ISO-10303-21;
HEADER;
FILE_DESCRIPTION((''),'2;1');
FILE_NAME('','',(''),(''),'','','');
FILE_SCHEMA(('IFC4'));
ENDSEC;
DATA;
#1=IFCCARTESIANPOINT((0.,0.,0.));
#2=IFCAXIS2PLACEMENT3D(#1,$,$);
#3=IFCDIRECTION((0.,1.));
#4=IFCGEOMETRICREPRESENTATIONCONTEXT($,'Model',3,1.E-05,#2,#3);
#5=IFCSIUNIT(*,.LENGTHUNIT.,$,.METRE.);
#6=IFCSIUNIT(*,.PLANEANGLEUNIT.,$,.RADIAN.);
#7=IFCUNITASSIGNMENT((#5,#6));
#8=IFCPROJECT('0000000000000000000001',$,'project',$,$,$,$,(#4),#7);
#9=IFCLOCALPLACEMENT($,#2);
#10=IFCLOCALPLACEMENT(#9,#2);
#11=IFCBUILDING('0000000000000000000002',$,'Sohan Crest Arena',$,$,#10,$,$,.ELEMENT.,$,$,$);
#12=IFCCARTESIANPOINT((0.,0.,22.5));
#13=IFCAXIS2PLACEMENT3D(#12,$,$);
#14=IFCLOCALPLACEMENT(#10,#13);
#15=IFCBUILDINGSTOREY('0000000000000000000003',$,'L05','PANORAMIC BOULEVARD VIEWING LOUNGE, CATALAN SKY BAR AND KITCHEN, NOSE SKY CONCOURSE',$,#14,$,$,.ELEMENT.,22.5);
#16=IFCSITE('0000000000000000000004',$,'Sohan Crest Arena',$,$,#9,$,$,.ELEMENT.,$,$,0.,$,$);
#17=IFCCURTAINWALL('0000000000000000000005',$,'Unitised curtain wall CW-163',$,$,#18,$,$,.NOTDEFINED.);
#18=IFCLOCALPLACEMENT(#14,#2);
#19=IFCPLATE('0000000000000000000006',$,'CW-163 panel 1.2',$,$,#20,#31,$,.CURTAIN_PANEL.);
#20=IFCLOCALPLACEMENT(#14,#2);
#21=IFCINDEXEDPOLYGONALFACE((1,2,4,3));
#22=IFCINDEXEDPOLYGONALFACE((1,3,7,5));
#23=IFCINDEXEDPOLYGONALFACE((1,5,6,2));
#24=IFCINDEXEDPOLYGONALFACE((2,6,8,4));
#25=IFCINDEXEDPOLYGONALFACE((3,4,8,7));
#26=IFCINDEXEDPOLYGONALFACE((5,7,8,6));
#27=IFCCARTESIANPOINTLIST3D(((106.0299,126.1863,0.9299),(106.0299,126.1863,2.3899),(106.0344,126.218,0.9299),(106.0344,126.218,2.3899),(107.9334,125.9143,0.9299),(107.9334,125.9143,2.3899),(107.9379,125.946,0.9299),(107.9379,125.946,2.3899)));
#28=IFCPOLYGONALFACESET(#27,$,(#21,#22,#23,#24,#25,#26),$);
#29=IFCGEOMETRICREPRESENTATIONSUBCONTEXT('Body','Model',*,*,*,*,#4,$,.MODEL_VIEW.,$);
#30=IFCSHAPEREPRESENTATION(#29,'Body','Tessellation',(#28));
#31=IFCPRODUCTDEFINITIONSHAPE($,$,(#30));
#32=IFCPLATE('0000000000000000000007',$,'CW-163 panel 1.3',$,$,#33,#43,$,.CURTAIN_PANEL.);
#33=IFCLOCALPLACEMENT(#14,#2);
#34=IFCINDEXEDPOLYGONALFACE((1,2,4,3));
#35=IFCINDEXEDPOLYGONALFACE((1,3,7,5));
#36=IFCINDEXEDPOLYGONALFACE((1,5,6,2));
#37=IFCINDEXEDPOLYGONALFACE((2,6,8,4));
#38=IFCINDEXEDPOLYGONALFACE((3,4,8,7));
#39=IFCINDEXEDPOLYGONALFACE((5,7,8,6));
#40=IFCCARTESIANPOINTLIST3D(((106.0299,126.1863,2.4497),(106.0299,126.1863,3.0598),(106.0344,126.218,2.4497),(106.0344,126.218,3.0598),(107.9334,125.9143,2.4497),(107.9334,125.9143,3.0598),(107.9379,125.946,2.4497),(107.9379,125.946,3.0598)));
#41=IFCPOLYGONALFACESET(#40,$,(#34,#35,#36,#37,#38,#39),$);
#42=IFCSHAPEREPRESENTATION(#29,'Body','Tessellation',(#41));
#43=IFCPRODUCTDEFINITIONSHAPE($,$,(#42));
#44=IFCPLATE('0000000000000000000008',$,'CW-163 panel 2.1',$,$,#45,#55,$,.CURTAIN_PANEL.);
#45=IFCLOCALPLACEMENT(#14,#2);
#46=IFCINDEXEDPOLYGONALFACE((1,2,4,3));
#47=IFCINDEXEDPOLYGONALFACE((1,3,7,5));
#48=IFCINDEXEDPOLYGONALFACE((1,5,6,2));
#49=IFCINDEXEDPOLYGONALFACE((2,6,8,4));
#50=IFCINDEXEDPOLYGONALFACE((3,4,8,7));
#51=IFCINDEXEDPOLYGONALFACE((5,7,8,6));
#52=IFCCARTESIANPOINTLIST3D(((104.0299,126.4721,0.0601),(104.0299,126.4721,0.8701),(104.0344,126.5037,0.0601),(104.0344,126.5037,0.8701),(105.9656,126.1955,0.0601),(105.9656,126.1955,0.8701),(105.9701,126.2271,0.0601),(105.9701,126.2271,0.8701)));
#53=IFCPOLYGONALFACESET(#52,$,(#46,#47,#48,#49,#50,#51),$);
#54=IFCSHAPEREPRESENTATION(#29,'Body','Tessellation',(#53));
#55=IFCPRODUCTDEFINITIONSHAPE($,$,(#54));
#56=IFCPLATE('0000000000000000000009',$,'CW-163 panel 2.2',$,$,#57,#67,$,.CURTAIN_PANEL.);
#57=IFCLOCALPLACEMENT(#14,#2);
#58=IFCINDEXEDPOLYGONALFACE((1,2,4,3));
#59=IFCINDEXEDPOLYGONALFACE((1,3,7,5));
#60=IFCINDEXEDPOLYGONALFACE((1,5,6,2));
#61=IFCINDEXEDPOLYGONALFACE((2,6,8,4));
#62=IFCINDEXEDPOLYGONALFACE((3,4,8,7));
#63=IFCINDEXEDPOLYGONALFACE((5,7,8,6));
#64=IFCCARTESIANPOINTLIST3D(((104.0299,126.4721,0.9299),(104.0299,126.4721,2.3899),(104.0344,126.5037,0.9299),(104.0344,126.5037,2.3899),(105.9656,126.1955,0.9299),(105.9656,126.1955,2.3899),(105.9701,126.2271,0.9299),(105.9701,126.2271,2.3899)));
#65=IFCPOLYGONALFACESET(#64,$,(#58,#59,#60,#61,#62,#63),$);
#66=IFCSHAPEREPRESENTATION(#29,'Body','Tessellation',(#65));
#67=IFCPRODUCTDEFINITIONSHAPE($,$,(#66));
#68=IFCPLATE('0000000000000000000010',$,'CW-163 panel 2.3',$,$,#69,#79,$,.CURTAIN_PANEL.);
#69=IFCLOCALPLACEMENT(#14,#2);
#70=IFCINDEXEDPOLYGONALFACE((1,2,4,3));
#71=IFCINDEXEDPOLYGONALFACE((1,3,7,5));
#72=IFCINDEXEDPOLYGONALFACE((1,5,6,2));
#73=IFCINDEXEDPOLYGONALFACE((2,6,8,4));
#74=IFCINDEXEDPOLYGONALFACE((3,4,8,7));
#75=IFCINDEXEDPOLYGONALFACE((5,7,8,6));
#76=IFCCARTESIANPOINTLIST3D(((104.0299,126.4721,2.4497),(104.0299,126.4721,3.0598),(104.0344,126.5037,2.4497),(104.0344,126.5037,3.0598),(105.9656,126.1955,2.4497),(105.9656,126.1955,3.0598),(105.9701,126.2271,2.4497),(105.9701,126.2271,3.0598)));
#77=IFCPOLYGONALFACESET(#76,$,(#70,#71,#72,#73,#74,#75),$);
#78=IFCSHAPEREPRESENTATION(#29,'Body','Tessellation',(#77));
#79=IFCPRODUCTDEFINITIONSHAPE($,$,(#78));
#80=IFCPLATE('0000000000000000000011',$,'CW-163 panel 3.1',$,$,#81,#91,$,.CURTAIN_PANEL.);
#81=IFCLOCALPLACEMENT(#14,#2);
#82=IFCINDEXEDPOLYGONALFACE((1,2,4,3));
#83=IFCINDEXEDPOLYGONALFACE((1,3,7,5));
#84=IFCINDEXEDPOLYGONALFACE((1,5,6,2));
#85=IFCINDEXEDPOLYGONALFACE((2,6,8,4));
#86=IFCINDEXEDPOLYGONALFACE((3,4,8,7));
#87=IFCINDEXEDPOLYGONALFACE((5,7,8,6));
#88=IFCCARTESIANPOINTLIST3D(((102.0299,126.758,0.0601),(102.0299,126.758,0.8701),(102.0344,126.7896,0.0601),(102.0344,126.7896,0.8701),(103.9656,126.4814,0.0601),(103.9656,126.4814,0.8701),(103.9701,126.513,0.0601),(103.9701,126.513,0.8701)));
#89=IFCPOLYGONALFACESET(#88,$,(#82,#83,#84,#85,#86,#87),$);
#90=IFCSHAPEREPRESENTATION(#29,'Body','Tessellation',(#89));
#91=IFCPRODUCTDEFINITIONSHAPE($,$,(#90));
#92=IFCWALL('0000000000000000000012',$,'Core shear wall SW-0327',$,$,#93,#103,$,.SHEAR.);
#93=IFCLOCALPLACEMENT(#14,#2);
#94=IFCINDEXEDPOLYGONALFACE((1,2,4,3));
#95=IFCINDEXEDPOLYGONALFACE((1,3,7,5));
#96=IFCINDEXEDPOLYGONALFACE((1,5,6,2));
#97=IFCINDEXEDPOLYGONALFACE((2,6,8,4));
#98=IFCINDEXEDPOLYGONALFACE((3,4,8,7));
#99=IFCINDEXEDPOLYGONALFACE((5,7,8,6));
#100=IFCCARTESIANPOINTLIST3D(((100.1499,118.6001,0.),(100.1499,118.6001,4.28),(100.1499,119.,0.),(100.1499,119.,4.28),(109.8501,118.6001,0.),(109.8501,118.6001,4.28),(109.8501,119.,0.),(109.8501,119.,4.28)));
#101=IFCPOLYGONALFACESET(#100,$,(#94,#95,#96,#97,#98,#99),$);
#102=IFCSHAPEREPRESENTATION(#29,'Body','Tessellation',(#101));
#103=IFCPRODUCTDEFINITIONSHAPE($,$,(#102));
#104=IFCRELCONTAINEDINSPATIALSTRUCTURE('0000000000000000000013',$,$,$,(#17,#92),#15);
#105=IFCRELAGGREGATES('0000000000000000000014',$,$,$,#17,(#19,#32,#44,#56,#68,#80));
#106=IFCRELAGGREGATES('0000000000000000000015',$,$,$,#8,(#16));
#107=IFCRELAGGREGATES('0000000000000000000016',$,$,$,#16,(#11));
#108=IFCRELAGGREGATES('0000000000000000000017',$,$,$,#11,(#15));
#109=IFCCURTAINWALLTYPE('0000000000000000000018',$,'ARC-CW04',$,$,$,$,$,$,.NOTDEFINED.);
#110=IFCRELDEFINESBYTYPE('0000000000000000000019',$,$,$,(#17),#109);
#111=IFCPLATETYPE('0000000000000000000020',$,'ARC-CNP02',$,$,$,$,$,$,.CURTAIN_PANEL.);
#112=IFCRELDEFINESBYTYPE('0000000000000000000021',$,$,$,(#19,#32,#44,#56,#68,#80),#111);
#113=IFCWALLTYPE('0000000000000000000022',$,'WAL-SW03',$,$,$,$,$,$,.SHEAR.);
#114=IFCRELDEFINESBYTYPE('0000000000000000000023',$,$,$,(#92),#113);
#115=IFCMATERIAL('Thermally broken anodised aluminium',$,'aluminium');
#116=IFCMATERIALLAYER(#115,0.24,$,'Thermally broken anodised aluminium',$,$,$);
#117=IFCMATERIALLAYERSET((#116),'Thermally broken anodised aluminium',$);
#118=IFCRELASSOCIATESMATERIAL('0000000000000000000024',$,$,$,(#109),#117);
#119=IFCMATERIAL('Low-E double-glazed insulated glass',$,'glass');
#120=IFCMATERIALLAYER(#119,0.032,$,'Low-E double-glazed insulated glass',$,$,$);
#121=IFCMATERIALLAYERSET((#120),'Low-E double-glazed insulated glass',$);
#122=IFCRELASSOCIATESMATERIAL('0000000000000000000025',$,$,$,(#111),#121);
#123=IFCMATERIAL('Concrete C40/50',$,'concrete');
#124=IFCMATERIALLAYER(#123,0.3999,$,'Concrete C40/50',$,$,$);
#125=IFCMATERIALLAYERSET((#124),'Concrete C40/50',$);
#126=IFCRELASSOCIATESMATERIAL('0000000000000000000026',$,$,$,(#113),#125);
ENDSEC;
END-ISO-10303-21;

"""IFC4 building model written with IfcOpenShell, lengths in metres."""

from ifc_helpers import new_model, si_unit, direction, frame, frame_2d, origin, origin_2d, place, context, subcontext, project, spatial, rectangle, extrude, material, layer, layer_set, type_object, element, aggregate, save


model = new_model("IFC4")

# Units and contexts
model_context = context("Model", 3, precision=1e-05, world=origin(), true_north=direction((0.0, 1.0)))
body_context = subcontext(model_context, "Body", "Model", "MODEL_VIEW")
ifc_project = project(units=[si_unit("LENGTHUNIT", "METRE"), si_unit("PLANEANGLEUNIT", "RADIAN")], contexts=[model_context])

# Site, building, storey
site_placement = place(None, origin())
site = spatial("IfcSite", under=ifc_project, at=site_placement, Name="Sohan Crest Arena", CompositionType="ELEMENT", RefElevation=0.0)
building_placement = place(site_placement, origin())
building = spatial("IfcBuilding", under=site, at=building_placement, Name="Sohan Crest Arena", CompositionType="ELEMENT")
storey_placement = place(building_placement, frame((0.0, 0.0, 22.5)))
storey = spatial("IfcBuildingStorey", under=building, at=storey_placement, Name="L05", Description="PANORAMIC BOULEVARD VIEWING LOUNGE, CATALAN SKY BAR AND KITCHEN, NOSE SKY CONCOURSE", CompositionType="ELEMENT", Elevation=22.5)

# Curtain wall
ifc_material_1 = material(Name="Thermally broken anodised aluminium", Category="aluminium")
ifc_layer_1 = layer(ifc_material_1, 0.24, Name="Thermally broken anodised aluminium")
ifc_layer_set_1 = layer_set([ifc_layer_1], Name="Thermally broken anodised aluminium")
curtain_wall_type = type_object("IfcCurtainWallType", Name="ARC-CW04", PredefinedType="NOTDEFINED", material=ifc_layer_set_1)
curtain_wall_placement = place(storey_placement, origin())
curtain_wall = element("IfcCurtainWall", 1, at=curtain_wall_placement, inside=storey, type_object=curtain_wall_type, Name="Unitised curtain wall CW-163", PredefinedType="NOTDEFINED")

# Plates
ifc_material_2 = material(Name="Low-E double-glazed insulated glass", Category="glass")
ifc_layer_2 = layer(ifc_material_2, 0.032, Name="Low-E double-glazed insulated glass")
ifc_layer_set_2 = layer_set([ifc_layer_2], Name="Low-E double-glazed insulated glass")
plate_type = type_object("IfcPlateType", Name="ARC-CNP02", PredefinedType="CURTAIN_PANEL", material=ifc_layer_set_2)
plate_1_placement = place(storey_placement, frame((106.9839, 126.0662, 0.9299), z_axis=(0.0, 0.0, 1.0), x_axis=(-0.989944, 0.141463, 0.0)))
plate_1 = element("IfcPlate", 2, at=plate_1_placement, type_object=plate_type, Name="CW-163 panel 1.2", PredefinedType="CURTAIN_PANEL", context=body_context, shape_type="SweptSolid", body=[
    extrude(rectangle(XDim=1.9229, YDim=0.032, at=origin_2d()), origin(), (0.0, 0.0, 1.0), 1.46),
])
plate_2_placement = place(storey_placement, frame((106.9839, 126.0662, 2.4497), z_axis=(0.0, 0.0, 1.0), x_axis=(-0.989944, 0.141463, 0.0)))
plate_2 = element("IfcPlate", 3, at=plate_2_placement, type_object=plate_type, Name="CW-163 panel 1.3", PredefinedType="CURTAIN_PANEL", context=body_context, shape_type="SweptSolid", body=[
    extrude(rectangle(XDim=1.9229, YDim=0.032, at=origin_2d()), origin(), (0.0, 0.0, 1.0), 0.6101),
])
plate_3_placement = place(storey_placement, frame((105.0, 126.3496, 0.0601), z_axis=(0.0, 0.0, 1.0), x_axis=(-0.989944, 0.141463, 0.0)))
plate_3 = element("IfcPlate", 4, at=plate_3_placement, type_object=plate_type, Name="CW-163 panel 2.1", PredefinedType="CURTAIN_PANEL", context=body_context, shape_type="SweptSolid", body=[
    extrude(rectangle(XDim=1.9553, YDim=0.032, at=origin_2d()), origin(), (0.0, 0.0, 1.0), 0.8101),
])
plate_4_placement = place(storey_placement, frame((105.0, 126.3496, 0.9299), z_axis=(0.0, 0.0, 1.0), x_axis=(-0.989944, 0.141463, 0.0)))
plate_4 = element("IfcPlate", 5, at=plate_4_placement, type_object=plate_type, Name="CW-163 panel 2.2", PredefinedType="CURTAIN_PANEL", context=body_context, shape_type="SweptSolid", body=[
    extrude(rectangle(XDim=1.9553, YDim=0.032, at=origin_2d()), origin(), (0.0, 0.0, 1.0), 1.46),
])
plate_5_placement = place(storey_placement, frame((105.0, 126.3496, 2.4497), z_axis=(0.0, 0.0, 1.0), x_axis=(-0.989944, 0.141463, 0.0)))
plate_5 = element("IfcPlate", 6, at=plate_5_placement, type_object=plate_type, Name="CW-163 panel 2.3", PredefinedType="CURTAIN_PANEL", context=body_context, shape_type="SweptSolid", body=[
    extrude(rectangle(XDim=1.9553, YDim=0.032, at=origin_2d()), origin(), (0.0, 0.0, 1.0), 0.6101),
])
plate_6_placement = place(storey_placement, frame((103.0, 126.6355, 0.0601), z_axis=(0.0, 0.0, 1.0), x_axis=(-0.989944, 0.141463, 0.0)))
plate_6 = element("IfcPlate", 7, at=plate_6_placement, type_object=plate_type, Name="CW-163 panel 3.1", PredefinedType="CURTAIN_PANEL", context=body_context, shape_type="SweptSolid", body=[
    extrude(rectangle(XDim=1.9553, YDim=0.032, at=origin_2d()), origin(), (0.0, 0.0, 1.0), 0.8101),
])
aggregate(curtain_wall, [plate_1, plate_2, plate_3, plate_4, plate_5, plate_6])

# Wall
ifc_material_3 = material(Name="Concrete C40/50", Category="concrete")
ifc_layer_3 = layer(ifc_material_3, 0.3999, Name="Concrete C40/50")
ifc_layer_set_3 = layer_set([ifc_layer_3], Name="Concrete C40/50")
wall_type = type_object("IfcWallType", Name="WAL-SW03", PredefinedType="SHEAR", material=ifc_layer_set_3)
wall_placement = place(storey_placement, frame((100.1499, 118.8, 0.0), z_axis=(0.0, 0.0, 1.0), x_axis=(1.0, 0.0, 0.0)))
element("IfcWall", 8, at=wall_placement, inside=storey, type_object=wall_type, Name="Core shear wall SW-0327", PredefinedType="SHEAR", context=body_context, shape_type="SweptSolid", body=[
    extrude(rectangle(XDim=9.7002, YDim=0.3999, at=frame_2d((4.8501, 0.0))), origin(), (0.0, 0.0, 1.0), 4.28),
])

save(model, "model.ifc")
